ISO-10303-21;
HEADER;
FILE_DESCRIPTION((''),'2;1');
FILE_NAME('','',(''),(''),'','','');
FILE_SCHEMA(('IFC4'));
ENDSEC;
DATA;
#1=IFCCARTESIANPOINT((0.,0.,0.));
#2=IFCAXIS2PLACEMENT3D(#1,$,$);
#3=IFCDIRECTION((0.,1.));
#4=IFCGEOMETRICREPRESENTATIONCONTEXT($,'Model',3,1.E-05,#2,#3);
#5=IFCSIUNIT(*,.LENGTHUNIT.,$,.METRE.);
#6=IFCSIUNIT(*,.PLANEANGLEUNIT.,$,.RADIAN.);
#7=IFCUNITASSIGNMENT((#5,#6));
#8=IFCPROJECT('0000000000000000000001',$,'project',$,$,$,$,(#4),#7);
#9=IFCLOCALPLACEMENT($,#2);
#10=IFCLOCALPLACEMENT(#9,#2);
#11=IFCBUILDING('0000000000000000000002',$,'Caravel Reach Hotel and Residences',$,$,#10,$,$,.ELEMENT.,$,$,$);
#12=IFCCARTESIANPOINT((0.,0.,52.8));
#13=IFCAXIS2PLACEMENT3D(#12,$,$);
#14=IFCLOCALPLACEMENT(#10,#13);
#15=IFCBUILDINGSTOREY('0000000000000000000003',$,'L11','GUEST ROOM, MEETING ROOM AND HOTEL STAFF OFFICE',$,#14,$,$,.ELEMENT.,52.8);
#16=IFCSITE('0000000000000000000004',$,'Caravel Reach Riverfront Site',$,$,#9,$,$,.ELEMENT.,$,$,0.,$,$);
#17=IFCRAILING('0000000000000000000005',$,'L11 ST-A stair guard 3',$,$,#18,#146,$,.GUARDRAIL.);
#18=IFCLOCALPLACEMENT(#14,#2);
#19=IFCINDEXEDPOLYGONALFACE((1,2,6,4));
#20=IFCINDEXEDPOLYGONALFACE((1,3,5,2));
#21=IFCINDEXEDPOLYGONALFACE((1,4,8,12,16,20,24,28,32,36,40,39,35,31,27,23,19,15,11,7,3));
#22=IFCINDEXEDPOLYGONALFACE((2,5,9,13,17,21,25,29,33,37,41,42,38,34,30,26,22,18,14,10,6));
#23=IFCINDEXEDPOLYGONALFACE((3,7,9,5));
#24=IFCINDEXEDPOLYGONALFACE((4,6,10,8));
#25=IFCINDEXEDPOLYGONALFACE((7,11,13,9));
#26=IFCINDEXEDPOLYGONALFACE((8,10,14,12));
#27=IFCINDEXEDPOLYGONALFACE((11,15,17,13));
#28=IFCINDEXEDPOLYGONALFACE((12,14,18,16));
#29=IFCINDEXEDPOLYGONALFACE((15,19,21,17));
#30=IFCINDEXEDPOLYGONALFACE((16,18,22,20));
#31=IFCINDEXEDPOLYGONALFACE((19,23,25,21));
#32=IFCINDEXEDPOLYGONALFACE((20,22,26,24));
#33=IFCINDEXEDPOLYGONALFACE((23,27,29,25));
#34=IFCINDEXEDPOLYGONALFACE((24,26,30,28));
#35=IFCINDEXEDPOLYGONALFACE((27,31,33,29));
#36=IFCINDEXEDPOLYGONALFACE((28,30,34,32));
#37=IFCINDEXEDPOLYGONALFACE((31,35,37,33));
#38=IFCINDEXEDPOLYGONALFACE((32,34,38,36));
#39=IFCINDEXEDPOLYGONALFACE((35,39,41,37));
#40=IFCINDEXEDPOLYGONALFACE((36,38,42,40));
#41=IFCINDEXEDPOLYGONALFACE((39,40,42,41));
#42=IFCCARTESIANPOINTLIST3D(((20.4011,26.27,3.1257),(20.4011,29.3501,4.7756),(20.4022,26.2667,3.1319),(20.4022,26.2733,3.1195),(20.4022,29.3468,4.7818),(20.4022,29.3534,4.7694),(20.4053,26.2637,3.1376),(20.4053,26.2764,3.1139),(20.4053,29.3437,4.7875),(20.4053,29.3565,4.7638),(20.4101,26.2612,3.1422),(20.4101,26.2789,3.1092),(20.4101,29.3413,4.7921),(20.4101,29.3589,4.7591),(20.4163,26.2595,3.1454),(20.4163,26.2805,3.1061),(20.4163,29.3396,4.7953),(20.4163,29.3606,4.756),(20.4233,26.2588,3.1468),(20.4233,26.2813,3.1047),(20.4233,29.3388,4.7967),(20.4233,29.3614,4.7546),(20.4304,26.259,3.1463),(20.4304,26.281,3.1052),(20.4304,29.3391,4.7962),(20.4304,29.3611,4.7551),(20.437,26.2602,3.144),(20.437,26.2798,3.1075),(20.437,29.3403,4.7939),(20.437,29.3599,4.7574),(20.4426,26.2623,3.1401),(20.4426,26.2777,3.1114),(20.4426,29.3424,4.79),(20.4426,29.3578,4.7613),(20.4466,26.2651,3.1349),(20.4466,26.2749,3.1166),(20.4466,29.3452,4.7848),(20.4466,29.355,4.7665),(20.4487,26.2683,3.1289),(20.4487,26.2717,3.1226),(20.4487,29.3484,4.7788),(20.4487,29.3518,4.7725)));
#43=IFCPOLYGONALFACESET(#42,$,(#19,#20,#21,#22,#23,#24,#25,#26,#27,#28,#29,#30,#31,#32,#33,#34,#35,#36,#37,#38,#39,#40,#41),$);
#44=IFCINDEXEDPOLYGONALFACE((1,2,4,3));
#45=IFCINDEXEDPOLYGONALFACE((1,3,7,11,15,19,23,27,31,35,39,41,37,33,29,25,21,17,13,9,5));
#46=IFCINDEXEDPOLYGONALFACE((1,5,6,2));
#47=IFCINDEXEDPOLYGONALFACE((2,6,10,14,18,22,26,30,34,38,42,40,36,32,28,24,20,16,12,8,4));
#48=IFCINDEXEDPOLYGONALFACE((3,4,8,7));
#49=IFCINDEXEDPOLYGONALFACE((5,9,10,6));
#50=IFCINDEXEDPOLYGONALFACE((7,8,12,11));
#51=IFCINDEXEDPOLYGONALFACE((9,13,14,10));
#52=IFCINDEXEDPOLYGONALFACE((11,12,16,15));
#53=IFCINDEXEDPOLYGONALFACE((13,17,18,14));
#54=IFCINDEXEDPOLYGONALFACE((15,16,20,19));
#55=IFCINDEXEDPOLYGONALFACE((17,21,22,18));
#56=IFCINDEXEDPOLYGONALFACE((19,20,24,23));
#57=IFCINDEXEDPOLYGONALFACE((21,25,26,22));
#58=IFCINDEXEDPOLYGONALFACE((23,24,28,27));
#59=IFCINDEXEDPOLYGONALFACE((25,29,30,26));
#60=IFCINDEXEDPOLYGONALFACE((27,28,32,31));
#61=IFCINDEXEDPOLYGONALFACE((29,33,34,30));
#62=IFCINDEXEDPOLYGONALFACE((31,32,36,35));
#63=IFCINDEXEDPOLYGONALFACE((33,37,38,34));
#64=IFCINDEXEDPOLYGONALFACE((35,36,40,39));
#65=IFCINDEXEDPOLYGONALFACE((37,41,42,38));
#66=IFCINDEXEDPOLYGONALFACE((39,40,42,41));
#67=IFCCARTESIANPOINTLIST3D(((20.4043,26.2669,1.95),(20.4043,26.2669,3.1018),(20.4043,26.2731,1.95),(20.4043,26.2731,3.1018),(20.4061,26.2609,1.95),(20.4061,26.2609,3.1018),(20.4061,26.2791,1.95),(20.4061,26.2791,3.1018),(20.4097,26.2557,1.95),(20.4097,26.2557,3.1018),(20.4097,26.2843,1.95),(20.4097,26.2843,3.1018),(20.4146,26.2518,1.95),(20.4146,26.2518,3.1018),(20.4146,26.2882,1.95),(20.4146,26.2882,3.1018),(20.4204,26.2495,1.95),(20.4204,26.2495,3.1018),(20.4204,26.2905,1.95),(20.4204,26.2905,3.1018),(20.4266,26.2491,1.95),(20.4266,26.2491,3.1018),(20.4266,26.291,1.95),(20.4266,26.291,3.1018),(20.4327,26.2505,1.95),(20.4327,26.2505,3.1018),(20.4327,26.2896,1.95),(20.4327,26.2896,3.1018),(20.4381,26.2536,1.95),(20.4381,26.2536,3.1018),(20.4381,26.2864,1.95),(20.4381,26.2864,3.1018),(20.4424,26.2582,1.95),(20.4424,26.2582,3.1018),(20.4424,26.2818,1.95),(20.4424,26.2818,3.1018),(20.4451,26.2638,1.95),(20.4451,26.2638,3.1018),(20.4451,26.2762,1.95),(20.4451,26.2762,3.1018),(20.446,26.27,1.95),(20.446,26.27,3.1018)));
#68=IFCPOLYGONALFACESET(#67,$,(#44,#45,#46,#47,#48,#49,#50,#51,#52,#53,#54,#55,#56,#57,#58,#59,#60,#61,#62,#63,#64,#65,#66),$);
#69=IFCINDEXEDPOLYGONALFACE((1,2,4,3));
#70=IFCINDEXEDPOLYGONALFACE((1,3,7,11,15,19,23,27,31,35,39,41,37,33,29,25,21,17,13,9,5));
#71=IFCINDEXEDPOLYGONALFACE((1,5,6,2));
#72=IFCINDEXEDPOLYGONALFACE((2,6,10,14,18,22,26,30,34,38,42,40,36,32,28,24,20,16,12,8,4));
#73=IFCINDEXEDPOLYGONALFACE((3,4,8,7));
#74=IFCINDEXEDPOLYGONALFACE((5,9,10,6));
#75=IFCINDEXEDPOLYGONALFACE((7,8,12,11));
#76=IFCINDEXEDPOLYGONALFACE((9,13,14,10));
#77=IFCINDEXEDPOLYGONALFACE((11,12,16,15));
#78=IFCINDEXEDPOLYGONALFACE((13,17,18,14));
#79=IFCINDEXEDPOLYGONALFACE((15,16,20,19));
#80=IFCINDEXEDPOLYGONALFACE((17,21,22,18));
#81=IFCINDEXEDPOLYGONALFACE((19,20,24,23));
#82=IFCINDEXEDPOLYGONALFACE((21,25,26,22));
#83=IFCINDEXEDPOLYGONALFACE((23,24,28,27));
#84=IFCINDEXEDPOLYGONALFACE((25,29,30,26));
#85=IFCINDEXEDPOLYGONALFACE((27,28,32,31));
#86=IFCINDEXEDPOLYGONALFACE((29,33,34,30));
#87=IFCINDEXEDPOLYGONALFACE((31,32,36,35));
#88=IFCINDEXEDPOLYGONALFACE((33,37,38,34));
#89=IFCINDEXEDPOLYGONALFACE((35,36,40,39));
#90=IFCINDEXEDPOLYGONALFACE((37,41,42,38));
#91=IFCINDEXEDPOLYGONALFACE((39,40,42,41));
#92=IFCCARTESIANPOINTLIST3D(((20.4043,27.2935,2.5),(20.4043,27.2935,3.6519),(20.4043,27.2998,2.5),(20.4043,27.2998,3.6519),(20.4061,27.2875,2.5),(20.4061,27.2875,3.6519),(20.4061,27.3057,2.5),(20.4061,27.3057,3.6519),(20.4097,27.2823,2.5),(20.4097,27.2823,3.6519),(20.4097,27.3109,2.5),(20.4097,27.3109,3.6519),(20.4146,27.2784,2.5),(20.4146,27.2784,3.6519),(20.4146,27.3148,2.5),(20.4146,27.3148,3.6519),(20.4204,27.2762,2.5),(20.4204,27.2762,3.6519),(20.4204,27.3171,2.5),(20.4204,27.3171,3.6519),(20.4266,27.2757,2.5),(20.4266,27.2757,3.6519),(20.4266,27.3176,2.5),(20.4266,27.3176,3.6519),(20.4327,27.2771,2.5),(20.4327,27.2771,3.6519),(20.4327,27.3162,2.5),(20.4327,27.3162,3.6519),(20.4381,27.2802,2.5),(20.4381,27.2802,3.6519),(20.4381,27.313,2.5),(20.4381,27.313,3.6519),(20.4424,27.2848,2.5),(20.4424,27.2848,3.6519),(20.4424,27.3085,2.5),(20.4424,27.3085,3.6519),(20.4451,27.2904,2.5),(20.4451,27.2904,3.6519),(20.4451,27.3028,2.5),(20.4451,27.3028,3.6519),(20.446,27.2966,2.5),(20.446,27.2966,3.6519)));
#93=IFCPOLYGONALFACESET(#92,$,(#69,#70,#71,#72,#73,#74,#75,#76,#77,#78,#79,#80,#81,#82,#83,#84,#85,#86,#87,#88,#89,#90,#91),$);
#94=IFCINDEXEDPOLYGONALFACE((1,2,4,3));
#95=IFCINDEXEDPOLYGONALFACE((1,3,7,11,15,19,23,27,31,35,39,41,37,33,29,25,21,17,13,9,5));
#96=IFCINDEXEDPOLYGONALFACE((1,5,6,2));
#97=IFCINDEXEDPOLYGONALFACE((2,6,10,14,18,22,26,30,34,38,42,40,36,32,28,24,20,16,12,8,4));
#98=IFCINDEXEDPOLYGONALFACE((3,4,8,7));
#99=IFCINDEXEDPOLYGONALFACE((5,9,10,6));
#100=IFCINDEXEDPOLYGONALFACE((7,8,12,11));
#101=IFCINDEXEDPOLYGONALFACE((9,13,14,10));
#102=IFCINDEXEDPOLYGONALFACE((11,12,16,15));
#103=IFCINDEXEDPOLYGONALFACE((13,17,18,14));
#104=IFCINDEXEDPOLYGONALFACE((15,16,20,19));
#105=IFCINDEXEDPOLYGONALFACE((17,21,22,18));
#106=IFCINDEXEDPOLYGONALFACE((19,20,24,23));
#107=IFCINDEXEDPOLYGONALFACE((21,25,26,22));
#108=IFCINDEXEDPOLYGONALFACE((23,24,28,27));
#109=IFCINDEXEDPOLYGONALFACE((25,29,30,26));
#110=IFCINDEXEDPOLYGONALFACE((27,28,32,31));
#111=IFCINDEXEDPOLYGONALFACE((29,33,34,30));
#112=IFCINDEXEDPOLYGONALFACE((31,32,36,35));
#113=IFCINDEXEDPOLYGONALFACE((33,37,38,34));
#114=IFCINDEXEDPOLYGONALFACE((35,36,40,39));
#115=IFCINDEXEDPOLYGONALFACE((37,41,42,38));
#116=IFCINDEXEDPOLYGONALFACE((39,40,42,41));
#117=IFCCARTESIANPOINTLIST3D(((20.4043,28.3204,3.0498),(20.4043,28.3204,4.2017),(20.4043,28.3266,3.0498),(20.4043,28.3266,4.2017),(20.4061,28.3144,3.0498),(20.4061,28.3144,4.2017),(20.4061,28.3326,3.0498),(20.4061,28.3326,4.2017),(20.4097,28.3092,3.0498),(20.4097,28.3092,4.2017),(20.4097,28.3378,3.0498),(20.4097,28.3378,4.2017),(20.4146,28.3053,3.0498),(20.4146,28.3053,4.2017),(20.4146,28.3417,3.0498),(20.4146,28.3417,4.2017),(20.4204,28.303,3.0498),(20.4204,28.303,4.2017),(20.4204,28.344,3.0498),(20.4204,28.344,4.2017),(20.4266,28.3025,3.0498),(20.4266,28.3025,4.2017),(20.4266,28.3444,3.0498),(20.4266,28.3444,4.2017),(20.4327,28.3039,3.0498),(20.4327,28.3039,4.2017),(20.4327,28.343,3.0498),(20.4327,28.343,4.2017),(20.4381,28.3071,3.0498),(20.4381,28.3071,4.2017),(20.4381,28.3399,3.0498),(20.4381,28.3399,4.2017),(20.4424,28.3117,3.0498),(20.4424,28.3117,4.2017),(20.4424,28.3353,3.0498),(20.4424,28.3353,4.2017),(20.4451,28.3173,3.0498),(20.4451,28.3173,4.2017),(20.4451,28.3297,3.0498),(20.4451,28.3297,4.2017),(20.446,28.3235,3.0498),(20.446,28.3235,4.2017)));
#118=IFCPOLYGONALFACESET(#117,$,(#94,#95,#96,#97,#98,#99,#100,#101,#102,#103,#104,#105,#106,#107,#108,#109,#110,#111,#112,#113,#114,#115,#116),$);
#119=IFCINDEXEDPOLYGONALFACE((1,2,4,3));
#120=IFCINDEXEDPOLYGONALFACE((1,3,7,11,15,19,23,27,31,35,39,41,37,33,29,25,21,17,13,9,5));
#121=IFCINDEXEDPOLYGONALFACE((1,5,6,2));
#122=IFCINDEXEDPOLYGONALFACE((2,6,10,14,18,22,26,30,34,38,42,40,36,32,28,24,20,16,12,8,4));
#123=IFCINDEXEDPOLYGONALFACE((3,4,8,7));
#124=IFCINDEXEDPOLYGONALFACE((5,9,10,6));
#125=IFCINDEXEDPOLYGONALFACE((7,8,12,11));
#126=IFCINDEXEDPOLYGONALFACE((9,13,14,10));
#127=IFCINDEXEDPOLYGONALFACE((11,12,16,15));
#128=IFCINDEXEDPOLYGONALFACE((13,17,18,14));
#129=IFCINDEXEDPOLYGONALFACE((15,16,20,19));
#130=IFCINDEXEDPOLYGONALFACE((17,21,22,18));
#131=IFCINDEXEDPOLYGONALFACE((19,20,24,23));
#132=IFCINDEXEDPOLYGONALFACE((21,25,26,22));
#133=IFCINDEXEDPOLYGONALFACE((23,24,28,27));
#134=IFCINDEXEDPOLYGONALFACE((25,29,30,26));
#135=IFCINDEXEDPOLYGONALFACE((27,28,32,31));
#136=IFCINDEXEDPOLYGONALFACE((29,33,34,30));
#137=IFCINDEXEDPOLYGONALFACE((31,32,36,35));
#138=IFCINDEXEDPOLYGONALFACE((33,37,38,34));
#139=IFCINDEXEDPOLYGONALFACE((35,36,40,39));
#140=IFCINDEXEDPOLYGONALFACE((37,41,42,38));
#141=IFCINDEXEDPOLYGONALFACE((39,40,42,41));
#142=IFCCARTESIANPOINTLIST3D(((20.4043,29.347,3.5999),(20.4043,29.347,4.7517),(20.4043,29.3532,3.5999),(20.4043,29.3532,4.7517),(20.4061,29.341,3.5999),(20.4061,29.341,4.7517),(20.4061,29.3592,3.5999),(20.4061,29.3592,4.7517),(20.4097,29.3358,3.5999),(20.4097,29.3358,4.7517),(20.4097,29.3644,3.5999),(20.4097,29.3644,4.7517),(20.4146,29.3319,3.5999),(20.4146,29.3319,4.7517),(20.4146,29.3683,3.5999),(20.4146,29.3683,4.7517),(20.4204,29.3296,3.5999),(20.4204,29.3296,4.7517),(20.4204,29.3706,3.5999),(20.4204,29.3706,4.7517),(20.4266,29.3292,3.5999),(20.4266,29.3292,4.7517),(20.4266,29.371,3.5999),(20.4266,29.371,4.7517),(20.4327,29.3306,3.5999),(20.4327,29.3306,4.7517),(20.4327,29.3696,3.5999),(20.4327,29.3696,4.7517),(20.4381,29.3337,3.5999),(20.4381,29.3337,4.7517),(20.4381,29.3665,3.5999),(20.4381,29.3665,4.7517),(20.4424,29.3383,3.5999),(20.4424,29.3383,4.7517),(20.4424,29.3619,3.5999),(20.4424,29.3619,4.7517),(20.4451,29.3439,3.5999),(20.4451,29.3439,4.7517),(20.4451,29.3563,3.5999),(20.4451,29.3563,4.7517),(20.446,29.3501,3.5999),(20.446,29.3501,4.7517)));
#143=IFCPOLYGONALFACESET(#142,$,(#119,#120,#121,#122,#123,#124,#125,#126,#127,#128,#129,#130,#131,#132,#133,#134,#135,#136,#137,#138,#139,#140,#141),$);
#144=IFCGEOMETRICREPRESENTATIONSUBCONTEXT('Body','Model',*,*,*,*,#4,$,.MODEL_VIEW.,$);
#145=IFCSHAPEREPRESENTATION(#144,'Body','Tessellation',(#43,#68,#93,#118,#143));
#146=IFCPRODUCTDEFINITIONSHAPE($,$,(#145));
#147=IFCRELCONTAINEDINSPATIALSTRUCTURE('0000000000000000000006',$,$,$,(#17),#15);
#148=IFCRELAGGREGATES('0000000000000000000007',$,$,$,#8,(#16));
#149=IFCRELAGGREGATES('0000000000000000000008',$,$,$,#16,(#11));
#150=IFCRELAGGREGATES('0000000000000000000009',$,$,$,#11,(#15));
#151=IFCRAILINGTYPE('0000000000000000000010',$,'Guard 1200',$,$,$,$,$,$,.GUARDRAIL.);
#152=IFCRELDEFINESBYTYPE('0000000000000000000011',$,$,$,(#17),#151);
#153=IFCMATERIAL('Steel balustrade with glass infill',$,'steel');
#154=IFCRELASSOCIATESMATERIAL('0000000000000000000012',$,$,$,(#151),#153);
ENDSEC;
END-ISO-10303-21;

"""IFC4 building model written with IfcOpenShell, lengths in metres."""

from ifc_helpers import new_model, si_unit, direction, frame, origin, origin_2d, place, context, subcontext, project, spatial, circle, extrude, material, type_object, element, save


model = new_model("IFC4")

# Units and contexts
model_context = context("Model", 3, precision=1e-05, world=origin(), true_north=direction((0.0, 1.0)))
body_context = subcontext(model_context, "Body", "Model", "MODEL_VIEW")
ifc_project = project(units=[si_unit("LENGTHUNIT", "METRE"), si_unit("PLANEANGLEUNIT", "RADIAN")], contexts=[model_context])

# Site, building, storey
site_placement = place(None, origin())
site = spatial("IfcSite", under=ifc_project, at=site_placement, Name="Caravel Reach Riverfront Site", CompositionType="ELEMENT", RefElevation=0.0)
building_placement = place(site_placement, origin())
building = spatial("IfcBuilding", under=site, at=building_placement, Name="Caravel Reach Hotel and Residences", CompositionType="ELEMENT")
storey_placement = place(building_placement, frame((0.0, 0.0, 52.8)))
storey = spatial("IfcBuildingStorey", under=building, at=storey_placement, Name="L11", Description="GUEST ROOM, MEETING ROOM AND HOTEL STAFF OFFICE", CompositionType="ELEMENT", Elevation=52.8)

# Railing
ifc_material_1 = material(Name="Steel balustrade with glass infill", Category="steel")
railing_type_1 = type_object("IfcRailingType", Name="Guard 1200", PredefinedType="GUARDRAIL", material=ifc_material_1)
railing_1_placement = place(storey_placement, frame((20.425, 26.27, 1.95)))
element("IfcRailing", 1, at=railing_1_placement, inside=storey, type_object=railing_type_1, Name="L11 ST-A stair guard 3", PredefinedType="GUARDRAIL", context=body_context, shape_type="SweptSolid", body=[
    extrude(circle(Radius=0.0239, at=origin_2d()), frame((0.0, 0.0, 1.1758), z_axis=(0.0, 0.881497, 0.47219), x_axis=(-1.0, 0.0, 0.0)), (0.0, 0.0, 1.0), 3.4941),
    extrude(circle(Radius=0.021, at=origin_2d()), origin(), (0.0, 0.0, 1.0), 1.1519),
    extrude(circle(Radius=0.021, at=origin_2d()), frame((0.0, 1.0266, 0.55)), (0.0, 0.0, 1.0), 1.1519),
    extrude(circle(Radius=0.021, at=origin_2d()), frame((0.0, 2.0535, 1.0999)), (0.0, 0.0, 1.0), 1.1519),
    extrude(circle(Radius=0.021, at=origin_2d()), frame((0.0, 3.0801, 1.6499)), (0.0, 0.0, 1.0), 1.1519),
])

save(model, "model.ifc")
